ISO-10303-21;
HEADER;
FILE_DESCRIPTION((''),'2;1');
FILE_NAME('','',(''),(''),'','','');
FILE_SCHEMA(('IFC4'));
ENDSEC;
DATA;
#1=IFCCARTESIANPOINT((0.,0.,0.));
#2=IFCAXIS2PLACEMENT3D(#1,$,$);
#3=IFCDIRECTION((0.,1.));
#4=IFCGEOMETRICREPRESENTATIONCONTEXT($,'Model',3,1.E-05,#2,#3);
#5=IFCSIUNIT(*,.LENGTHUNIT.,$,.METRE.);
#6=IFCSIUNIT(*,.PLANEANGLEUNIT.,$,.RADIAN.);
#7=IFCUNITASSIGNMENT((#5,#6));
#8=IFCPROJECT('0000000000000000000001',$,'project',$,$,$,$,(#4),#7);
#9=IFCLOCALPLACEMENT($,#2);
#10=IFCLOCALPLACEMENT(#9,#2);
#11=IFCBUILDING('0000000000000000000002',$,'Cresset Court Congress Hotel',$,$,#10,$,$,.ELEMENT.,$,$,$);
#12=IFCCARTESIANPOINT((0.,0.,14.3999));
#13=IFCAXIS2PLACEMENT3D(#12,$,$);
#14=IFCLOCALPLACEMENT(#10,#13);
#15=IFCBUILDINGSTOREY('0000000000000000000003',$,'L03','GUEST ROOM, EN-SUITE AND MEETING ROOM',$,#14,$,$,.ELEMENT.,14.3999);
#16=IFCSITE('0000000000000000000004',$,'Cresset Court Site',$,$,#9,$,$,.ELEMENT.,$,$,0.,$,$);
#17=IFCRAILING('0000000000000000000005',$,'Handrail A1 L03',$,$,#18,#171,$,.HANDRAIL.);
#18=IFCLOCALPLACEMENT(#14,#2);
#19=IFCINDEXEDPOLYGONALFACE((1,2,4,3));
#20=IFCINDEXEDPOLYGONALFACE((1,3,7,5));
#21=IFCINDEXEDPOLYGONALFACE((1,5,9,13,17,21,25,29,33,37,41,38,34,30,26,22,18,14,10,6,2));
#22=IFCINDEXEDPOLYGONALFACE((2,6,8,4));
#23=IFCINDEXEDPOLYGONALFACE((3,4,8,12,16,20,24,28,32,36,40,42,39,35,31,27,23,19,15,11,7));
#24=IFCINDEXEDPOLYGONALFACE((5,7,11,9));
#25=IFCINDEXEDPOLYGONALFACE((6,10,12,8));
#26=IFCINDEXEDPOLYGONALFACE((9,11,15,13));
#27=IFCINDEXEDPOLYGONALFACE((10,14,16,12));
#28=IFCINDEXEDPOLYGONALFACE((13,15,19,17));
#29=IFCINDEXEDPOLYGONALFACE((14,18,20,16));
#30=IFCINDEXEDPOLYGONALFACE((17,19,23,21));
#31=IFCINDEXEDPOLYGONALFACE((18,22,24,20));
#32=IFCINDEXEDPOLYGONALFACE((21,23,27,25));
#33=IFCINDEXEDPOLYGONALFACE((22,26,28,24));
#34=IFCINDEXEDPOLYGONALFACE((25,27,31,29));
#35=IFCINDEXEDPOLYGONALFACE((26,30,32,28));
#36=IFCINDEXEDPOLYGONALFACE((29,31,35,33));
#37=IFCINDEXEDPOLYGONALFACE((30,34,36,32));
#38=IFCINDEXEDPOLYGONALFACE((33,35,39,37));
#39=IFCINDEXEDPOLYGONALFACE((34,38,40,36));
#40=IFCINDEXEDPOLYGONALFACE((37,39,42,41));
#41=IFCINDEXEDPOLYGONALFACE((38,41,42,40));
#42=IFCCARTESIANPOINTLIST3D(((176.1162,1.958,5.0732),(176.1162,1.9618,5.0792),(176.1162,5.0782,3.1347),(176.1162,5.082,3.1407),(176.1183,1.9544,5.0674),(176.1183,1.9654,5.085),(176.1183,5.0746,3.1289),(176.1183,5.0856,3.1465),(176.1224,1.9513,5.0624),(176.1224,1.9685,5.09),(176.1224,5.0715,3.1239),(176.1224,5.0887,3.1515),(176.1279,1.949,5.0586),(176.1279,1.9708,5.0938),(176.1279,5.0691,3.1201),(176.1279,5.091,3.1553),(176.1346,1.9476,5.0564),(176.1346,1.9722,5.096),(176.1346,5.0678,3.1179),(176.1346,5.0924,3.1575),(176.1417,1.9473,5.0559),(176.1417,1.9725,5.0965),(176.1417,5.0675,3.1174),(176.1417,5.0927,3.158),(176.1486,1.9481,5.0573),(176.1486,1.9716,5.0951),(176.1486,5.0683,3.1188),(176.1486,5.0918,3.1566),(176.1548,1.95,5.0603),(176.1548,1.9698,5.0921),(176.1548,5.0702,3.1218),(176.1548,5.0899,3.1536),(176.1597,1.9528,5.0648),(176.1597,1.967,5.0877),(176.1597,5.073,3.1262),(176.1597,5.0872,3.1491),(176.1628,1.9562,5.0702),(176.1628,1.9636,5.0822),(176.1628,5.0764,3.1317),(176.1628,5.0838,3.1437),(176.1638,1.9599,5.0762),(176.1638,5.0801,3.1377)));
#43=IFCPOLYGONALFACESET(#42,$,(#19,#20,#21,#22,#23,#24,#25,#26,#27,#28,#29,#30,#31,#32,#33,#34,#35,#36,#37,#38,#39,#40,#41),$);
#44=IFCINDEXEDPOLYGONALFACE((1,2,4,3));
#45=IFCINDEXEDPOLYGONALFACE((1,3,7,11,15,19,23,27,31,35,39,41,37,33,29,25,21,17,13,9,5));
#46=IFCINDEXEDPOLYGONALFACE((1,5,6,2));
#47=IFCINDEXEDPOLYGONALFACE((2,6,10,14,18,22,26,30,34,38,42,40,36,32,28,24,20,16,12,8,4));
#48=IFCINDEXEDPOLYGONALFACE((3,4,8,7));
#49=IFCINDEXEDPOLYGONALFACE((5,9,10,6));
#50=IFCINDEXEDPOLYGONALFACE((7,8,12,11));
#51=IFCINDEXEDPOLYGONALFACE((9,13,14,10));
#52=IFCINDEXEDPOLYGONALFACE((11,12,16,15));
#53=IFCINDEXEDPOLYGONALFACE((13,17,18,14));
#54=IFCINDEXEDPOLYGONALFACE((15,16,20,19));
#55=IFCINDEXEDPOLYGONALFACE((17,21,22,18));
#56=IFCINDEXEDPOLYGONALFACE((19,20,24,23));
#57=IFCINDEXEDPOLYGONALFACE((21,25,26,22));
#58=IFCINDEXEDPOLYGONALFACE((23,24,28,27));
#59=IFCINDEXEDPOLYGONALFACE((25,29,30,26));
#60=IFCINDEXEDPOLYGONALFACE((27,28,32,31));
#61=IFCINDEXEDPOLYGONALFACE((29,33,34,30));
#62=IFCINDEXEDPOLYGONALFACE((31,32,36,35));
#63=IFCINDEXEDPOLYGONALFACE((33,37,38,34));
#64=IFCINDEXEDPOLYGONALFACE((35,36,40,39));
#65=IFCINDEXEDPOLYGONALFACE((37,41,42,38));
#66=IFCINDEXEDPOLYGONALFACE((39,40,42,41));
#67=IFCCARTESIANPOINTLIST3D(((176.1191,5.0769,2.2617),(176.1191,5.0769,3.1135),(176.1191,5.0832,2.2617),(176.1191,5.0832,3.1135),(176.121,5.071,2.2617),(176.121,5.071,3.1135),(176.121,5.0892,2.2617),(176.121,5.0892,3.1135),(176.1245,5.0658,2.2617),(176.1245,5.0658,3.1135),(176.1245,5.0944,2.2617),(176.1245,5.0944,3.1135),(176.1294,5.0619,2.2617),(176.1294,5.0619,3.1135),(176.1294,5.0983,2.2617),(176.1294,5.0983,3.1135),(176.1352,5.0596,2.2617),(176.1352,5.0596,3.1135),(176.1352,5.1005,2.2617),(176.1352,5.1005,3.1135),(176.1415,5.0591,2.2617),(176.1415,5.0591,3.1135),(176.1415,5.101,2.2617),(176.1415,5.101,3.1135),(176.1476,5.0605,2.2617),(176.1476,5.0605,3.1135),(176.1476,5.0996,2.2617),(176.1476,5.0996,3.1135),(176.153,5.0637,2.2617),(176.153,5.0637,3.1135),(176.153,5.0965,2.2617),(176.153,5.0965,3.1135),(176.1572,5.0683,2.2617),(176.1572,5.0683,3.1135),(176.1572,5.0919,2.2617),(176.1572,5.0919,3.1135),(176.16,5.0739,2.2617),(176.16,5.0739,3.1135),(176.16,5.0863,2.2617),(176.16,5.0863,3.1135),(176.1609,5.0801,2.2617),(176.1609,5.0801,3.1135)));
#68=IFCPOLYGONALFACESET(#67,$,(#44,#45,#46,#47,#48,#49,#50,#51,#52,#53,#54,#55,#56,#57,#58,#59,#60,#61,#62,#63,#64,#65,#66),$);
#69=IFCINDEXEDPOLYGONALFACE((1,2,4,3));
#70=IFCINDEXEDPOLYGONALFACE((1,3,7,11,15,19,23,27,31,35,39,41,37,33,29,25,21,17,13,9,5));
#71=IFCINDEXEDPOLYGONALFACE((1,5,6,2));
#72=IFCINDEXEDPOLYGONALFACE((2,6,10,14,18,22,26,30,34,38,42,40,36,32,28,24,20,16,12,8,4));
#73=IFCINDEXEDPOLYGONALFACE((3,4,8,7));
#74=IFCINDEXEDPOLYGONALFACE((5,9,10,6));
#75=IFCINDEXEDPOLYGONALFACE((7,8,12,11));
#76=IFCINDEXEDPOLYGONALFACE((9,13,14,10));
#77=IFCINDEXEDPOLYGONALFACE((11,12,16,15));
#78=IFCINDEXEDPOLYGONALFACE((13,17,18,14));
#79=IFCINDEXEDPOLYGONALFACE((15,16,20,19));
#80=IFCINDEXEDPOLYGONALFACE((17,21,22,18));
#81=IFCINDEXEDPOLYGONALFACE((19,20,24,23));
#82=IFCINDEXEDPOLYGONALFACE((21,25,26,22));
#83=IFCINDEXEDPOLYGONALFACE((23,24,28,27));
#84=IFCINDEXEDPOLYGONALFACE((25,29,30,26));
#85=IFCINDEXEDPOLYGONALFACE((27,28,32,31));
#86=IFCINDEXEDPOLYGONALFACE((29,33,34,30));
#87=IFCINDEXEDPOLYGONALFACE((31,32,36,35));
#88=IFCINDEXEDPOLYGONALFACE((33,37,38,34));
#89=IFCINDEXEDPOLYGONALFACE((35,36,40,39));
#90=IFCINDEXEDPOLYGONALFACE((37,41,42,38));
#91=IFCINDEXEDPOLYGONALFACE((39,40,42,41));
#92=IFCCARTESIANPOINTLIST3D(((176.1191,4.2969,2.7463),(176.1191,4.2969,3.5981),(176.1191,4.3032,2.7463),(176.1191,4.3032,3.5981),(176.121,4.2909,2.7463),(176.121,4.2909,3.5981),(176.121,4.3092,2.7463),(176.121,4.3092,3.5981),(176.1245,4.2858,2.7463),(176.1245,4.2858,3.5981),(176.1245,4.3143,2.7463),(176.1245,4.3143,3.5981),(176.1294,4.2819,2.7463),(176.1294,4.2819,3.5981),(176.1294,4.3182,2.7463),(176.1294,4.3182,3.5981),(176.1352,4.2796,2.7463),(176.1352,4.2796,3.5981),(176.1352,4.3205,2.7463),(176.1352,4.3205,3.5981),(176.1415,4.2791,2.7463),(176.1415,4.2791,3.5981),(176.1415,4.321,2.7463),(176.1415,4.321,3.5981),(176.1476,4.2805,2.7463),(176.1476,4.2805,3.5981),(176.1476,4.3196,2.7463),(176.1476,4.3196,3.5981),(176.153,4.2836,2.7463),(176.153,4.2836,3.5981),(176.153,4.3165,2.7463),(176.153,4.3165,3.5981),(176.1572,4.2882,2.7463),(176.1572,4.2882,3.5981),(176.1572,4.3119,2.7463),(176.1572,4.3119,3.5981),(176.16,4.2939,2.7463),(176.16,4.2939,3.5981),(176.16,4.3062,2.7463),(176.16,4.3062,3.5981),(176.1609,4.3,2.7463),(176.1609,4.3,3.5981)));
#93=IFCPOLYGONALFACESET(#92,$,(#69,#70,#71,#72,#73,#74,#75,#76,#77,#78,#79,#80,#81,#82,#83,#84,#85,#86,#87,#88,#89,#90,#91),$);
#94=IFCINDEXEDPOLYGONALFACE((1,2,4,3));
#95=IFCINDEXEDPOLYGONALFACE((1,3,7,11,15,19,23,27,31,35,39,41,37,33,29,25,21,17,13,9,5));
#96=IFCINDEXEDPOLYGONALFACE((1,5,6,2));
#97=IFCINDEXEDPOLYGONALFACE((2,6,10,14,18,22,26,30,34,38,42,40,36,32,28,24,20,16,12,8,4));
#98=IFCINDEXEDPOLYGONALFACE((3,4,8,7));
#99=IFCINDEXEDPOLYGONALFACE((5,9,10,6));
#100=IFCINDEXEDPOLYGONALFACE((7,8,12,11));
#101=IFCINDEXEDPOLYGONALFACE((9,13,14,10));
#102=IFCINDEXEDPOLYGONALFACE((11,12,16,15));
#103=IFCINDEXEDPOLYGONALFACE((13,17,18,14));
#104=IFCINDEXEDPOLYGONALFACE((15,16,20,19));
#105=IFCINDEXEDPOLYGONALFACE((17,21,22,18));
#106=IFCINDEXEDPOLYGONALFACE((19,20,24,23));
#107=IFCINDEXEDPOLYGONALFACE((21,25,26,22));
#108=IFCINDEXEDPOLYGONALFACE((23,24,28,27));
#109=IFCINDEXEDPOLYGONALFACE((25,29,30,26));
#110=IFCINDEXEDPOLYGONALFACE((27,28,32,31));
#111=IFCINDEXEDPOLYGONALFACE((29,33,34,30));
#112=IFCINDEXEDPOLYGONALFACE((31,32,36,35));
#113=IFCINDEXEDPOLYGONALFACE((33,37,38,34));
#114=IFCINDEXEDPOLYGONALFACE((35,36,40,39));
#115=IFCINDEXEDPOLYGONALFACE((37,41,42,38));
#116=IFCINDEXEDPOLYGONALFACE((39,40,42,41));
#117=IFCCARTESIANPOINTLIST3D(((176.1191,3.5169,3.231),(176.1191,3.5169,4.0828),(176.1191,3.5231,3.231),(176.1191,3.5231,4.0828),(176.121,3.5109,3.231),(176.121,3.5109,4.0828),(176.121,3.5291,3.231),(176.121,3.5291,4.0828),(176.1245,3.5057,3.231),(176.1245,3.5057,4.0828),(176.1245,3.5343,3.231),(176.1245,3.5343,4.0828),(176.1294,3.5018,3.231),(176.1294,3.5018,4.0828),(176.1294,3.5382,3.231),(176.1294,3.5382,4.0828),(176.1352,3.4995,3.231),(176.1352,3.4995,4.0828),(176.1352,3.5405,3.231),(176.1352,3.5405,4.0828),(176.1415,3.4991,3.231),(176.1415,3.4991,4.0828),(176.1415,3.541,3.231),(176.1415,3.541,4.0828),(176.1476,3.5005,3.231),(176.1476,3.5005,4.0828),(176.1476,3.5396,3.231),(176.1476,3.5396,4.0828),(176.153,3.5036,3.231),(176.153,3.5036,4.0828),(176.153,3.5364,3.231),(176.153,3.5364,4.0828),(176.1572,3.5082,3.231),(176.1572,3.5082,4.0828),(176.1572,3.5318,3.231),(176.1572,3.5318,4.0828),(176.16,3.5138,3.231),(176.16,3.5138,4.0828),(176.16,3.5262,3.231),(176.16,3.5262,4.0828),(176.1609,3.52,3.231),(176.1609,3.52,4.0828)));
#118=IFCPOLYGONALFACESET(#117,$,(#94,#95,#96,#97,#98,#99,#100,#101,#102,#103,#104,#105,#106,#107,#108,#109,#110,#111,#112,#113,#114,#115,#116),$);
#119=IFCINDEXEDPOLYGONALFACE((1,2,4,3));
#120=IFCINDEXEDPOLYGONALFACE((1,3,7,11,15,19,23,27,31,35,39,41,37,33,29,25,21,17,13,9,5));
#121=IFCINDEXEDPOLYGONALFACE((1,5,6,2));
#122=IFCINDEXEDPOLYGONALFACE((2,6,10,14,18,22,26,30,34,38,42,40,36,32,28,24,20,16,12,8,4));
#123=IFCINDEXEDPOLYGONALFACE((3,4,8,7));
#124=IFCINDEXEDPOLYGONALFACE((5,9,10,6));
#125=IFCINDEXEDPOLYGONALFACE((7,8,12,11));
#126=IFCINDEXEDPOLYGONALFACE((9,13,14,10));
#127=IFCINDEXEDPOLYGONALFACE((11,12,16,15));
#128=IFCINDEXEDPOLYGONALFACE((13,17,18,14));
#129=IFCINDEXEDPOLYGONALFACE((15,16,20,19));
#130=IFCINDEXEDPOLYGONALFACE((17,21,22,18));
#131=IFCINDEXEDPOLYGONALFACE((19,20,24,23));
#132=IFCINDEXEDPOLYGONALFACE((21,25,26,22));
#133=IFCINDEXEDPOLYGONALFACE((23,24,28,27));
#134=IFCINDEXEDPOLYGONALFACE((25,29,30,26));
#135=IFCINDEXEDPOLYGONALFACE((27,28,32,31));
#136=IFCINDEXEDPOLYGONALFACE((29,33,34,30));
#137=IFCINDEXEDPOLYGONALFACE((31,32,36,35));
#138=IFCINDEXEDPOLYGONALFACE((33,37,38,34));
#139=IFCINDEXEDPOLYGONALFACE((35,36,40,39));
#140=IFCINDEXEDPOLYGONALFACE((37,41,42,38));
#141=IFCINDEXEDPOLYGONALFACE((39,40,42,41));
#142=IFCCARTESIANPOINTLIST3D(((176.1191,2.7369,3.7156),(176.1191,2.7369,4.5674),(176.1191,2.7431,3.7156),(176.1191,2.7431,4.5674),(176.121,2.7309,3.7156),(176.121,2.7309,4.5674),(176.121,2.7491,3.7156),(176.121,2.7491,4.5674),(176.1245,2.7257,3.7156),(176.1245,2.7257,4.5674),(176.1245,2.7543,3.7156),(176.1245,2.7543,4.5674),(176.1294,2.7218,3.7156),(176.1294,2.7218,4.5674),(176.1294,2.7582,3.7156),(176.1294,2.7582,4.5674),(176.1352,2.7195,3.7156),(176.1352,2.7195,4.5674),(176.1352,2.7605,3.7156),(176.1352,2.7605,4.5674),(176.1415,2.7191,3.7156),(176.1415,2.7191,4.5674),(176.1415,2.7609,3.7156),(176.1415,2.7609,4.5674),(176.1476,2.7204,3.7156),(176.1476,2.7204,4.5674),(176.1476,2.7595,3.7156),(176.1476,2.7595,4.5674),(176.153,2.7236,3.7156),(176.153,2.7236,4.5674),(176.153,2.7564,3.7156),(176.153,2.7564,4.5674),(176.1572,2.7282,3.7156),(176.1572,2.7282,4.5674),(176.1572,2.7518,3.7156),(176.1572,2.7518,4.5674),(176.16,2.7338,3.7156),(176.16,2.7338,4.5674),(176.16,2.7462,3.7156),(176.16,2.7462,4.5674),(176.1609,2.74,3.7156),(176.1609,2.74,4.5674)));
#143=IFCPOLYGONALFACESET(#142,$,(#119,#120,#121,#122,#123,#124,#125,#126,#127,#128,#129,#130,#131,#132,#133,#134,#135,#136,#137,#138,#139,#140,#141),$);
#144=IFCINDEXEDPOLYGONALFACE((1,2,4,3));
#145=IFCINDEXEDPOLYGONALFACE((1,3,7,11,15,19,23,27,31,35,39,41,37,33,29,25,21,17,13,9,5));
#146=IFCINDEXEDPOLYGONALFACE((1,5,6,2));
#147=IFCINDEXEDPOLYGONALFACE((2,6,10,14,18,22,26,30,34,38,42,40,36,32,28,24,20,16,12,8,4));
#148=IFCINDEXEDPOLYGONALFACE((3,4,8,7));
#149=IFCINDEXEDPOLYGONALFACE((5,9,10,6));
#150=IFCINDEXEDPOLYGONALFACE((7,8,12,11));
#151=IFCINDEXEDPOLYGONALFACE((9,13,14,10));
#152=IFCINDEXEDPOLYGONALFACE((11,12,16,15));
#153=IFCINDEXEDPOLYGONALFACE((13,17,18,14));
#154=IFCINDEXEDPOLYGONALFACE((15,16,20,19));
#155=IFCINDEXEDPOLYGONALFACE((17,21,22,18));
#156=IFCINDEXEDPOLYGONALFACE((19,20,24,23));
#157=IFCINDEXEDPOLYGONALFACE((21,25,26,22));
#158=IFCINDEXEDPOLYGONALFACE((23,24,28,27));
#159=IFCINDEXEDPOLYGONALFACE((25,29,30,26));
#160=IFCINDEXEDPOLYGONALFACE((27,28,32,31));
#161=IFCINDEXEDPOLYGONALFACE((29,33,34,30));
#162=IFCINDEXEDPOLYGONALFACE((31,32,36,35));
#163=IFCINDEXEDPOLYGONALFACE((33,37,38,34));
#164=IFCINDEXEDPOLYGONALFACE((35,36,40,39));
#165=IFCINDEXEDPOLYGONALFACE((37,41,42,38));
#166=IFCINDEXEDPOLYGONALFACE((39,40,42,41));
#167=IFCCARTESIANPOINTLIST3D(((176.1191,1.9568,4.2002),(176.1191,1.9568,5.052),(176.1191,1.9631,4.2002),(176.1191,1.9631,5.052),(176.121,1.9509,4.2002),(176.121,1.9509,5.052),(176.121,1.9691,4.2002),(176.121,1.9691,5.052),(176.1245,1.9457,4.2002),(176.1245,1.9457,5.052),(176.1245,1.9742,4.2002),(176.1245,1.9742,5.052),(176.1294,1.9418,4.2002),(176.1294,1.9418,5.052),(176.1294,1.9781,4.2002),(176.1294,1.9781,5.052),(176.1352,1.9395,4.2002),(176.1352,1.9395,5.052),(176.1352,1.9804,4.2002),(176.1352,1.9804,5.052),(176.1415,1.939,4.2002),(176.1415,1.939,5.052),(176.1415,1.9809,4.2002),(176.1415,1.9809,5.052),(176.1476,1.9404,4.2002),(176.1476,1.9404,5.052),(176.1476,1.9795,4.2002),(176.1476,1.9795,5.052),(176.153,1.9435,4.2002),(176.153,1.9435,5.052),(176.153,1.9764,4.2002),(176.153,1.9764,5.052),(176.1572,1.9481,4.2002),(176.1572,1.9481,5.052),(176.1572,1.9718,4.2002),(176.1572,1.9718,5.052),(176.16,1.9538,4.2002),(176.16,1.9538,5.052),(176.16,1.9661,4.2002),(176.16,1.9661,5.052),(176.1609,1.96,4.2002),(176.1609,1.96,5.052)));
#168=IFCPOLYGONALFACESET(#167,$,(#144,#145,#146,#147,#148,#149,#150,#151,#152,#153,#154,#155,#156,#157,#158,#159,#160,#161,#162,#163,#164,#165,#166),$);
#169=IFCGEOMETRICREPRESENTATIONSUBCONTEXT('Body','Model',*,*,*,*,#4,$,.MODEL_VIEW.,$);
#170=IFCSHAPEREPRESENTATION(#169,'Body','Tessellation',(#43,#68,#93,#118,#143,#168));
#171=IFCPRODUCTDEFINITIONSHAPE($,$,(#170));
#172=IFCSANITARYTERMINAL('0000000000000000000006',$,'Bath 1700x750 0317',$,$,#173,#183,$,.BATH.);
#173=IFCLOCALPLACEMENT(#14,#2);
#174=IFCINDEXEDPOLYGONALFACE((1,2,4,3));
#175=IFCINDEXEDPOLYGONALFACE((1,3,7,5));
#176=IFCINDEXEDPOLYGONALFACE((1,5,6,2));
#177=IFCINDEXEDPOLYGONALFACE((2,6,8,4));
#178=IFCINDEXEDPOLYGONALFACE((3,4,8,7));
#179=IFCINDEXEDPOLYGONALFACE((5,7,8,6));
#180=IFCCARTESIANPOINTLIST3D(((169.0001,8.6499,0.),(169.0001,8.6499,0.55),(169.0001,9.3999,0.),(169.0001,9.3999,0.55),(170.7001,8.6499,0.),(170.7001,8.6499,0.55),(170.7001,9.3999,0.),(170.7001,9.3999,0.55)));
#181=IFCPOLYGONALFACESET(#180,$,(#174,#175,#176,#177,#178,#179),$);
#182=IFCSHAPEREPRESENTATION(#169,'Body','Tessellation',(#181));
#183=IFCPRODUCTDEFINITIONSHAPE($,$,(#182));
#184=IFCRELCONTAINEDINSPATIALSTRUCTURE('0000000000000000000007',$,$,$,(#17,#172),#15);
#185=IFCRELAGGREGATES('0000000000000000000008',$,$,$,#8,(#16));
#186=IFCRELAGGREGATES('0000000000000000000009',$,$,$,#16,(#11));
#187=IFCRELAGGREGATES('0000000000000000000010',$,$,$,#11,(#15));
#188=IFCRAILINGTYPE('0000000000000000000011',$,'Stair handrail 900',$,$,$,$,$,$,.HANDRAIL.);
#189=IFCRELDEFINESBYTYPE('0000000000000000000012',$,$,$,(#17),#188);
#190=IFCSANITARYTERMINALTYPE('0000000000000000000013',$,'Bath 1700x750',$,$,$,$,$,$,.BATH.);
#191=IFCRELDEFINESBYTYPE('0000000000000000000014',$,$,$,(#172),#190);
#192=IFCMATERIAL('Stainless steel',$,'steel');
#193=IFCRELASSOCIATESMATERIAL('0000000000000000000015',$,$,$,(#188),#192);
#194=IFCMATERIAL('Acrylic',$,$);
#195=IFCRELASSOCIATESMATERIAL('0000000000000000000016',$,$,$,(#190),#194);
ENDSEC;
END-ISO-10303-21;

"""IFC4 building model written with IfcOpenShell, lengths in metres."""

from ifc_helpers import new_model, si_unit, direction, frame, origin, origin_2d, place, context, subcontext, project, spatial, rectangle, circle, extrude, material, type_object, element, save


model = new_model("IFC4")

# Units and contexts
model_context = context("Model", 3, precision=1e-05, world=origin(), true_north=direction((0.0, 1.0)))
body_context = subcontext(model_context, "Body", "Model", "MODEL_VIEW")
ifc_project = project(units=[si_unit("LENGTHUNIT", "METRE"), si_unit("PLANEANGLEUNIT", "RADIAN")], contexts=[model_context])

# Site, building, storey
site_placement = place(None, origin())
site = spatial("IfcSite", under=ifc_project, at=site_placement, Name="Cresset Court Site", CompositionType="ELEMENT", RefElevation=0.0)
building_placement = place(site_placement, origin())
building = spatial("IfcBuilding", under=site, at=building_placement, Name="Cresset Court Congress Hotel", CompositionType="ELEMENT")
storey_placement = place(building_placement, frame((0.0, 0.0, 14.3999)))
storey = spatial("IfcBuildingStorey", under=building, at=storey_placement, Name="L03", Description="GUEST ROOM, EN-SUITE AND MEETING ROOM", CompositionType="ELEMENT", Elevation=14.3999)

# Railing
ifc_material_1 = material(Name="Stainless steel", Category="steel")
railing_type_1 = type_object("IfcRailingType", Name="Stair handrail 900", PredefinedType="HANDRAIL", material=ifc_material_1)
for number, where, name in (
    (1, (176.1399, 5.0801, 2.2617), "Handrail A1 L03"),
):
    element("IfcRailing", number, at=place(storey_placement, frame(where)), inside=storey, type_object=railing_type_1, Name=name, PredefinedType="HANDRAIL", context=body_context, shape_type="SweptSolid", body=[
        extrude(circle(Radius=0.0239, at=origin_2d()), frame((0.0, 0.0, 0.876), z_axis=(0.0, -0.849414, 0.527727), x_axis=(1.0, 0.0, 0.0)), (0.0, 0.0, 1.0), 3.6733),
        extrude(circle(Radius=0.021, at=origin_2d()), origin(), (0.0, 0.0, 1.0), 0.8518),
        extrude(circle(Radius=0.021, at=origin_2d()), frame((0.0, -0.78, 0.4846)), (0.0, 0.0, 1.0), 0.8518),
        extrude(circle(Radius=0.021, at=origin_2d()), frame((0.0, -1.5601, 0.9692)), (0.0, 0.0, 1.0), 0.8518),
        extrude(circle(Radius=0.021, at=origin_2d()), frame((0.0, -2.3401, 1.4539)), (0.0, 0.0, 1.0), 0.8518),
        extrude(circle(Radius=0.021, at=origin_2d()), frame((0.0, -3.1201, 1.9385)), (0.0, 0.0, 1.0), 0.8518),
    ])

# Sanitary terminal
ifc_material_2 = material(Name="Acrylic")
sanitary_terminal_type = type_object("IfcSanitaryTerminalType", Name="Bath 1700x750", PredefinedType="BATH", material=ifc_material_2)
sanitary_terminal_placement = place(storey_placement, frame((169.8501, 9.0249, 0.0), z_axis=(0.0, 0.0, 1.0), x_axis=(1.0, 0.0, 0.0)))
element("IfcSanitaryTerminal", 2, at=sanitary_terminal_placement, inside=storey, type_object=sanitary_terminal_type, Name="Bath 1700x750 0317", PredefinedType="BATH", context=body_context, shape_type="SweptSolid", body=[
    extrude(rectangle(XDim=1.7, YDim=0.75, at=origin_2d()), origin(), (0.0, 0.0, 1.0), 0.55),
])

save(model, "model.ifc")
